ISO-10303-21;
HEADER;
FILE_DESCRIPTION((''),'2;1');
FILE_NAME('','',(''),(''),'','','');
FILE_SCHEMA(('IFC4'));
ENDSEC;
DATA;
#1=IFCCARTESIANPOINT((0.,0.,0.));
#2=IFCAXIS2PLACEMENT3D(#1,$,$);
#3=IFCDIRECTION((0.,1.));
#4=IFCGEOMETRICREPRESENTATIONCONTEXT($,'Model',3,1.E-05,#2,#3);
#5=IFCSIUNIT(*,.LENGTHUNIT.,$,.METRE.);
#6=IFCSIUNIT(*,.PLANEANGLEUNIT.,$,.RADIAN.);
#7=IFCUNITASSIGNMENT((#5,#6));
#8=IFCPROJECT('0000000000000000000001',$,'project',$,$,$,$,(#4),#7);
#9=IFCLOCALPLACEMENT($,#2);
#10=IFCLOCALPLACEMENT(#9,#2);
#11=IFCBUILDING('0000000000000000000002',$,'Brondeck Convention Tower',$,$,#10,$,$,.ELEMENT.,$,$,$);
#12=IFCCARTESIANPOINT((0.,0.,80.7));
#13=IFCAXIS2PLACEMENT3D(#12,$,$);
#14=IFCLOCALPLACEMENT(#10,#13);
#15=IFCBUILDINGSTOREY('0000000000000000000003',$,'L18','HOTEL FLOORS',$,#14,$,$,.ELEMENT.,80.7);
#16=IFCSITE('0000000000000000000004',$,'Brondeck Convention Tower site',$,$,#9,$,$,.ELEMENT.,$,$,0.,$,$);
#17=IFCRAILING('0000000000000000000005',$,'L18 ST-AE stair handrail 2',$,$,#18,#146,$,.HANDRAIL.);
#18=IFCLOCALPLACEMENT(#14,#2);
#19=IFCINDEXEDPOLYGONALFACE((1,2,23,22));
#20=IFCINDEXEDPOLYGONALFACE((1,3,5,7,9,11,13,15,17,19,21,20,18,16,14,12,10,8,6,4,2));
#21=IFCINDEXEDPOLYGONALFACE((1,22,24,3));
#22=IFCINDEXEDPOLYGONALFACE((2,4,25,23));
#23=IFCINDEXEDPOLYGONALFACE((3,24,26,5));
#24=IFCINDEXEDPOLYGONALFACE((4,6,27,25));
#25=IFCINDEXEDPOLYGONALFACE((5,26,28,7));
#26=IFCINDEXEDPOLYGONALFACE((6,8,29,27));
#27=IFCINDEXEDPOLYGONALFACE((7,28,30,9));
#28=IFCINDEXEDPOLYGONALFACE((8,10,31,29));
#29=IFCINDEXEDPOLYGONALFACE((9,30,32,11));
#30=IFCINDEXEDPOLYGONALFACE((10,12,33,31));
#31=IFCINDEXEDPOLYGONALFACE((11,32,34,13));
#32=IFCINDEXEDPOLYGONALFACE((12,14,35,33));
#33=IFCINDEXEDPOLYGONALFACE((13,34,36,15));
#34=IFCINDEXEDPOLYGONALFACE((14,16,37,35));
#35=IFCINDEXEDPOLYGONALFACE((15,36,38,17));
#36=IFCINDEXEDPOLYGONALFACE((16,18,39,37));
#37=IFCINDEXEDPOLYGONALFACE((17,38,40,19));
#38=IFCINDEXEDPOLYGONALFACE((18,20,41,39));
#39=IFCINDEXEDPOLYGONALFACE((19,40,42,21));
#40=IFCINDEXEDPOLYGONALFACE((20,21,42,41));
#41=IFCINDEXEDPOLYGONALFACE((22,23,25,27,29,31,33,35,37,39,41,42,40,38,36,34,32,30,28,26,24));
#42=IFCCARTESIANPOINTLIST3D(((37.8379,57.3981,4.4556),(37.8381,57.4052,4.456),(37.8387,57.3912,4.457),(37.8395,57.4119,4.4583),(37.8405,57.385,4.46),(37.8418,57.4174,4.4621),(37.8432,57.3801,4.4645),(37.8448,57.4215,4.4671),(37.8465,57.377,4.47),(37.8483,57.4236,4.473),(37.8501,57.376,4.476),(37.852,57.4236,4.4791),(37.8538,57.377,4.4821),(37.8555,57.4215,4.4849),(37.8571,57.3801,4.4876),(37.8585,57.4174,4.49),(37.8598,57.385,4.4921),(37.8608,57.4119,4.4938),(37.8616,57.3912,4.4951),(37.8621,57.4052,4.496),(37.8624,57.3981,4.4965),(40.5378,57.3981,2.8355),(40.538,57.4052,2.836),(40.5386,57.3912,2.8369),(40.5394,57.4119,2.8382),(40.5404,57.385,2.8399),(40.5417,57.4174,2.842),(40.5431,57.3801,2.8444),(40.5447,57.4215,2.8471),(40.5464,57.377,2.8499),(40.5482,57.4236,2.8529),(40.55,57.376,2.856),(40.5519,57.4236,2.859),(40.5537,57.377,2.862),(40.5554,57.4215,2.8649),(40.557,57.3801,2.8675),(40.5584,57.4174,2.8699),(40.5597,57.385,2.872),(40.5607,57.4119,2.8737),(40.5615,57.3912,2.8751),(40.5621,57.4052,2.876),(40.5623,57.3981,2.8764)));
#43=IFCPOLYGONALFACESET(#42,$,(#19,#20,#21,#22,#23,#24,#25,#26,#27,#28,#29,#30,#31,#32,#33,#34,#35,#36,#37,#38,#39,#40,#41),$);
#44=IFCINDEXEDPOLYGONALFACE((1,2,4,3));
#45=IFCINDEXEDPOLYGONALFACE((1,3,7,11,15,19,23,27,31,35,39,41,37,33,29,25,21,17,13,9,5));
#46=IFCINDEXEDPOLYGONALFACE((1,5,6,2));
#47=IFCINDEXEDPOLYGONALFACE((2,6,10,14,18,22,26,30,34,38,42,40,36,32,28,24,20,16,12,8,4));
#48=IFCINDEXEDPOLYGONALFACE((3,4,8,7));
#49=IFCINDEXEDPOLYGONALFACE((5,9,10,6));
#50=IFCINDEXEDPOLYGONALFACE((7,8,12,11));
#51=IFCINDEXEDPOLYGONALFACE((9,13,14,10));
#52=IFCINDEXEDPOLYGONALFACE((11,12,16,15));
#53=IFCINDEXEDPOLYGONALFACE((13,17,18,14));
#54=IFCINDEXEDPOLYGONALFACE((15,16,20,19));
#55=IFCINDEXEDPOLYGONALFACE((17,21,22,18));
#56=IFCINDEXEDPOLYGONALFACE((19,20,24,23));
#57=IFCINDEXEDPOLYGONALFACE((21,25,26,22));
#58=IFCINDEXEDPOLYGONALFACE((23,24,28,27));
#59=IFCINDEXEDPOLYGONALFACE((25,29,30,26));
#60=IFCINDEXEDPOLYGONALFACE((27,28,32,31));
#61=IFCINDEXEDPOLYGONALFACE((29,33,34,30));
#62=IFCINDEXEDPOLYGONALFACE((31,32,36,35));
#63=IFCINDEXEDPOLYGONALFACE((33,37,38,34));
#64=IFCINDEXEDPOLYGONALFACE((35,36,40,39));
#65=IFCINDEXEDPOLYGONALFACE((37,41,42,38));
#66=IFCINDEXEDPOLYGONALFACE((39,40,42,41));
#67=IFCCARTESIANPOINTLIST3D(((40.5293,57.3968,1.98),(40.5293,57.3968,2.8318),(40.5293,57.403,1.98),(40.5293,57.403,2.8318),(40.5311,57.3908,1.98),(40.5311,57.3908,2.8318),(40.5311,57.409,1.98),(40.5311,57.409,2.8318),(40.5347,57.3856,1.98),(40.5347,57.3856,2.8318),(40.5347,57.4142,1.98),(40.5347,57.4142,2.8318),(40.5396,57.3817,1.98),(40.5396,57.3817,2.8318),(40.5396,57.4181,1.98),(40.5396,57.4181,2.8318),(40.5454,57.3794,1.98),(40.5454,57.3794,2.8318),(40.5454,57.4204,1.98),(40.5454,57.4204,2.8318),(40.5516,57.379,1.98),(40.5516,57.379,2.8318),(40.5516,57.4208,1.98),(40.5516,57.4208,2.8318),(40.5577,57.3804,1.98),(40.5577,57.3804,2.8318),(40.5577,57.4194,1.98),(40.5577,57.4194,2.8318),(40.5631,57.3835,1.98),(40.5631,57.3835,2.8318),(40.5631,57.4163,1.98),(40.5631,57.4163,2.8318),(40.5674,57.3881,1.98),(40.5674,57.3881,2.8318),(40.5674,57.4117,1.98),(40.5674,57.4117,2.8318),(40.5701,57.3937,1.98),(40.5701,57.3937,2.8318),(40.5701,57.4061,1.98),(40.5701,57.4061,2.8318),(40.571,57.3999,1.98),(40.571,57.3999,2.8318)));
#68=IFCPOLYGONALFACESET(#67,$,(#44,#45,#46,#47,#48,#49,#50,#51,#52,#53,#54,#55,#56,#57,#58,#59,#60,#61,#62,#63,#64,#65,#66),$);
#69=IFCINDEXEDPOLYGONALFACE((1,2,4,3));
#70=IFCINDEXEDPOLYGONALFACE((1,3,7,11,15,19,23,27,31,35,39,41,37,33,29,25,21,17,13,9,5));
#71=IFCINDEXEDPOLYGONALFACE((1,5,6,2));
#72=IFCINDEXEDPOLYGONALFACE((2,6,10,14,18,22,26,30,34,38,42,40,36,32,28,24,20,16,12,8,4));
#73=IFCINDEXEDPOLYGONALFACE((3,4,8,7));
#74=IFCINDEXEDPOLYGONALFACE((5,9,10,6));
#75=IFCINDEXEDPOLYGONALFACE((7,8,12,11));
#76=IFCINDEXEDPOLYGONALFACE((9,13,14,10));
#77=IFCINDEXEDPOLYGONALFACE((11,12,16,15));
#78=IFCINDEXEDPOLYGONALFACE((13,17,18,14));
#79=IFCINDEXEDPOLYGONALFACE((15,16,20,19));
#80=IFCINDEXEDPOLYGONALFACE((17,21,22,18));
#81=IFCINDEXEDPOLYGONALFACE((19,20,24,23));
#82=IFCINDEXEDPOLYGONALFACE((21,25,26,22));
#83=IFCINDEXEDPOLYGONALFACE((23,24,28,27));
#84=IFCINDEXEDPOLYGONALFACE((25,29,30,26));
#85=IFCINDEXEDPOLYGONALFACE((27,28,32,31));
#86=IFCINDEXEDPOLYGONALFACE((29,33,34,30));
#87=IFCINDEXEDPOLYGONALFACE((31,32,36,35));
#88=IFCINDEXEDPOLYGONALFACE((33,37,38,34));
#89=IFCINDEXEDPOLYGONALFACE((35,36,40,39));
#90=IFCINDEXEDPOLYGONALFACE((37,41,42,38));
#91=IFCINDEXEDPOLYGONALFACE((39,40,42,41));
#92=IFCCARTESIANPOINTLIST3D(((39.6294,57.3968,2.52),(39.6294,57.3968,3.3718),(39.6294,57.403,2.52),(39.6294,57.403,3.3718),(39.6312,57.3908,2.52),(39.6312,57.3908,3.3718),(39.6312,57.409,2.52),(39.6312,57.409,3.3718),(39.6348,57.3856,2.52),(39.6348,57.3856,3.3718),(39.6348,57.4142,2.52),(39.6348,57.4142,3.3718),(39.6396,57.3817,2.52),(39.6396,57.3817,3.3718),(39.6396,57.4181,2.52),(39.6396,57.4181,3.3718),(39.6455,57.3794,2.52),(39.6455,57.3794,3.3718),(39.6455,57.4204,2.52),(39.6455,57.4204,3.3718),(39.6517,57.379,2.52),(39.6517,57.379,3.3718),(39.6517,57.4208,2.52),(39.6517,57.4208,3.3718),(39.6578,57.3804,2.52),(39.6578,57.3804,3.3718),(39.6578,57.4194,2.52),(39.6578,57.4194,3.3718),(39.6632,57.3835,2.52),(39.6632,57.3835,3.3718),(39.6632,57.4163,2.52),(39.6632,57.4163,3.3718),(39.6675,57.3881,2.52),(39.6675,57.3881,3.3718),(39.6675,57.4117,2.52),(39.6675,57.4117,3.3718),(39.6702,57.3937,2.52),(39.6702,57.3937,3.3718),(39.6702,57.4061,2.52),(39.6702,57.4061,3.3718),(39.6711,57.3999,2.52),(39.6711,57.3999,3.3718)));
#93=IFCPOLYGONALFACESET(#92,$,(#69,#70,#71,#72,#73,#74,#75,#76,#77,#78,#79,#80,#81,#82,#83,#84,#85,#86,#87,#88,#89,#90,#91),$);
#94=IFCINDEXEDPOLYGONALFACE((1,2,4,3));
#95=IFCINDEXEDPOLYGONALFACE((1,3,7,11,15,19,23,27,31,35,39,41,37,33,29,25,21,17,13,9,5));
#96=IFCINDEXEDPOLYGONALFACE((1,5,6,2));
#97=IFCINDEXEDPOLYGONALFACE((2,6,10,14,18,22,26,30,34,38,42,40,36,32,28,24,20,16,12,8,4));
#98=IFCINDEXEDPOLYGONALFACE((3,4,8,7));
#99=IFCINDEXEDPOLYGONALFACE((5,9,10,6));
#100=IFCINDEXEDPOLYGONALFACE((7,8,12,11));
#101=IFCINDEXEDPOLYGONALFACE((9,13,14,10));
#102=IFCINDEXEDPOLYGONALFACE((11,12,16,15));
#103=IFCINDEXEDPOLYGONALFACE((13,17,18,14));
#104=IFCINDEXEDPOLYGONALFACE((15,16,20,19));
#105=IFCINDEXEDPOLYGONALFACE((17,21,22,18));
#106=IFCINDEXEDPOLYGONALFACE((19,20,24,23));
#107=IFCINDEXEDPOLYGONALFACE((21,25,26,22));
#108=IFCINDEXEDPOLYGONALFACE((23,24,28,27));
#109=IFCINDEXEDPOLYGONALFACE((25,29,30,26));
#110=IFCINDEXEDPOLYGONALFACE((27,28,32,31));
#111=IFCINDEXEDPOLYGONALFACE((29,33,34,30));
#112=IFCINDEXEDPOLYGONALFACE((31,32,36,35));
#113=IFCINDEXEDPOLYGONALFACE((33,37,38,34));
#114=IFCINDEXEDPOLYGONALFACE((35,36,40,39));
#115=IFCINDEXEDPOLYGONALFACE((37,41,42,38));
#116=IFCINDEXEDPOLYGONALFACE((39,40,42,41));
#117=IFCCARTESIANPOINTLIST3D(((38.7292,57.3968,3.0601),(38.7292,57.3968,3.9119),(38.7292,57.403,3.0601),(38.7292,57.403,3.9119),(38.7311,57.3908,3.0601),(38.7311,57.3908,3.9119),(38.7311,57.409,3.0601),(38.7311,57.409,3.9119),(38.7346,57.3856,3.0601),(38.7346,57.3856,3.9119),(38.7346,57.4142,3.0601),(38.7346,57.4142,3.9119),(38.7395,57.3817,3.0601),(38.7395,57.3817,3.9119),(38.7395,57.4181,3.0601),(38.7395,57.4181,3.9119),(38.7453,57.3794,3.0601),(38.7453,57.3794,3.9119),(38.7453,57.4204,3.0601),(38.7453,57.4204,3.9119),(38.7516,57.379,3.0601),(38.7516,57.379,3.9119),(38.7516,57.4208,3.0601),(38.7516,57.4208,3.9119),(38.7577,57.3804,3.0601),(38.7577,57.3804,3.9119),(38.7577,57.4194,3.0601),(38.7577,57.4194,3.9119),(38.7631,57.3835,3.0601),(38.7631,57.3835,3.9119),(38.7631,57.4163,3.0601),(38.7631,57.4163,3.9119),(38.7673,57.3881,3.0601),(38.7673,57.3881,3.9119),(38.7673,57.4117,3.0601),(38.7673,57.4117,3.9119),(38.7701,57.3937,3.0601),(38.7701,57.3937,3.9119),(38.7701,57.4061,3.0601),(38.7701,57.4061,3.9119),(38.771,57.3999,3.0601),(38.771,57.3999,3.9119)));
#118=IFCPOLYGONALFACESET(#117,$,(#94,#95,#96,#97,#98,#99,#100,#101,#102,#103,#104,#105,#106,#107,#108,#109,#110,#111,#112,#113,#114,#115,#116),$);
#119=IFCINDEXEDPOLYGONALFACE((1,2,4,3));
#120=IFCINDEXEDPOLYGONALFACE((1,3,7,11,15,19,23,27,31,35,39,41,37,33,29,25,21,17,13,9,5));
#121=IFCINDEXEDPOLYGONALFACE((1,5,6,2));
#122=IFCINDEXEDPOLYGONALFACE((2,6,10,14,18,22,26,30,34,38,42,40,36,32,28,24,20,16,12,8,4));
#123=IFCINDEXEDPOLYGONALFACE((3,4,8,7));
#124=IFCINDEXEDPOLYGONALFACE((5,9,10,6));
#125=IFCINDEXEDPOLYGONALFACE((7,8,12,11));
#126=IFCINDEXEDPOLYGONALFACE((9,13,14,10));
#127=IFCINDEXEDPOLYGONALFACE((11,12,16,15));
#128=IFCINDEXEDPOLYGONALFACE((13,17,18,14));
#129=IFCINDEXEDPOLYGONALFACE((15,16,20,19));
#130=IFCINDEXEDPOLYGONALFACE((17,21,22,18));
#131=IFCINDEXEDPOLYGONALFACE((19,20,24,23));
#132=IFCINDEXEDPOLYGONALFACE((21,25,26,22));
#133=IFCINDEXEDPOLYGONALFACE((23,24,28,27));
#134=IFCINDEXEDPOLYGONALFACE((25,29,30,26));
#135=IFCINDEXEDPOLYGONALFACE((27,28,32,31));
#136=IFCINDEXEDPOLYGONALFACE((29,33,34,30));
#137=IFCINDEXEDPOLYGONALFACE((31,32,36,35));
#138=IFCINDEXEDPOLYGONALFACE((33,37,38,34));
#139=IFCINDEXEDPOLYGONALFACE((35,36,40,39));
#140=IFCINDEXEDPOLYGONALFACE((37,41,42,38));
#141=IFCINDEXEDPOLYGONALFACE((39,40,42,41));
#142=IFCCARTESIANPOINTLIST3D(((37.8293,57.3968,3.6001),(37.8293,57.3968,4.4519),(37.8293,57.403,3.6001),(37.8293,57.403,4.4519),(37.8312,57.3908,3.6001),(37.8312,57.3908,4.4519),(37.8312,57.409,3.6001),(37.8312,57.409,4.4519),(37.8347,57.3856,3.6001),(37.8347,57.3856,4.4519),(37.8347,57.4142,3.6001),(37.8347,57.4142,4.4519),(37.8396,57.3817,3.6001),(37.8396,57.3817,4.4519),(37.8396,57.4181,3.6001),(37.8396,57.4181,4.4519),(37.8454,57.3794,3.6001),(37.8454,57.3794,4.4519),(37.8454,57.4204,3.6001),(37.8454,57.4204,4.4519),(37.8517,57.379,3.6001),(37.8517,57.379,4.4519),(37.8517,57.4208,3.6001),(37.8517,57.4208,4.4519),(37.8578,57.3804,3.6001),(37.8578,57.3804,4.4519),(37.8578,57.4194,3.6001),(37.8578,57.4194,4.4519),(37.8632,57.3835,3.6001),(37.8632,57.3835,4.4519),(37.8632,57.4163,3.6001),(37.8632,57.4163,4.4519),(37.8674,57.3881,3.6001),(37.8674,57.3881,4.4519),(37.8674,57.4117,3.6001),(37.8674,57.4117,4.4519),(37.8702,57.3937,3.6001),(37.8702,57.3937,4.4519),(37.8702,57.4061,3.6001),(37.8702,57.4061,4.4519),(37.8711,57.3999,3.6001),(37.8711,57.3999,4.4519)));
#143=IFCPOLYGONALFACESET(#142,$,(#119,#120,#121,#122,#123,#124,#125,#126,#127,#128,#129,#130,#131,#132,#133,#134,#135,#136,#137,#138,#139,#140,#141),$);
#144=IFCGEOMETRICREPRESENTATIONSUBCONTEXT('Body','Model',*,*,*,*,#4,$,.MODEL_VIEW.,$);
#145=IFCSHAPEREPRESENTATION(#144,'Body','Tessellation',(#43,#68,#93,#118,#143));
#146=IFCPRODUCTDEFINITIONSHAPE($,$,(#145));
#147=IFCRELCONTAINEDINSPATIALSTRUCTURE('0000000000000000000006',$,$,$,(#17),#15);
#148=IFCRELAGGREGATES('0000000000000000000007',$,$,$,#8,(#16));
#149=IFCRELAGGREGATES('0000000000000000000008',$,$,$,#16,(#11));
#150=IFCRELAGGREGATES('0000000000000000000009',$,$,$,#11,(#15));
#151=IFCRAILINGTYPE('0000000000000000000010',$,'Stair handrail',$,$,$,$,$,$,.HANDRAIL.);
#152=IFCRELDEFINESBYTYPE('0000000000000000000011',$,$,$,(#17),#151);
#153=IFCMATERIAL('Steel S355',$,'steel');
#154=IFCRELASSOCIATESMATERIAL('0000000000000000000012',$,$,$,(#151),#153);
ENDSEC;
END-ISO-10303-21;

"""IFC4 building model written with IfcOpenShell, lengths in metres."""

from ifc_helpers import new_model, si_unit, direction, frame, origin, origin_2d, place, context, subcontext, project, spatial, circle, extrude, material, type_object, element, save


model = new_model("IFC4")

# Units and contexts
model_context = context("Model", 3, precision=1e-05, world=origin(), true_north=direction((0.0, 1.0)))
body_context = subcontext(model_context, "Body", "Model", "MODEL_VIEW")
ifc_project = project(units=[si_unit("LENGTHUNIT", "METRE"), si_unit("PLANEANGLEUNIT", "RADIAN")], contexts=[model_context])

# Site, building, storey
site_placement = place(None, origin())
site = spatial("IfcSite", under=ifc_project, at=site_placement, Name="Brondeck Convention Tower site", CompositionType="ELEMENT", RefElevation=0.0)
building_placement = place(site_placement, origin())
building = spatial("IfcBuilding", under=site, at=building_placement, Name="Brondeck Convention Tower", CompositionType="ELEMENT")
storey_placement = place(building_placement, frame((0.0, 0.0, 80.7)))
storey = spatial("IfcBuildingStorey", under=building, at=storey_placement, Name="L18", Description="HOTEL FLOORS", CompositionType="ELEMENT", Elevation=80.7)

# Shared definitions
ifc_material_1 = material(Name="Steel S355", Category="steel")

# Railing
railing_type_1 = type_object("IfcRailingType", Name="Stair handrail", PredefinedType="HANDRAIL", material=ifc_material_1)
railing_1_placement = place(storey_placement, frame((40.55, 57.3999, 1.98)))
element("IfcRailing", 1, at=railing_1_placement, inside=storey, type_object=railing_type_1, Name="L18 ST-AE stair handrail 2", PredefinedType="HANDRAIL", context=body_context, shape_type="SweptSolid", body=[
    extrude(circle(Radius=0.0239, at=origin_2d()), frame((0.0, 0.0, 0.876), z_axis=(-0.857472, 0.0, 0.51453), x_axis=(0.0, -1.0, 0.0)), (0.0, 0.0, 1.0), 3.1487),
    extrude(circle(Radius=0.021, at=origin_2d()), origin(), (0.0, 0.0, 1.0), 0.8518),
    extrude(circle(Radius=0.021, at=origin_2d()), frame((-0.8999, 0.0, 0.54)), (0.0, 0.0, 1.0), 0.8518),
    extrude(circle(Radius=0.021, at=origin_2d()), frame((-1.8, 0.0, 1.0801)), (0.0, 0.0, 1.0), 0.8518),
    extrude(circle(Radius=0.021, at=origin_2d()), frame((-2.7, 0.0, 1.6201)), (0.0, 0.0, 1.0), 0.8518),
])

save(model, "model.ifc")
